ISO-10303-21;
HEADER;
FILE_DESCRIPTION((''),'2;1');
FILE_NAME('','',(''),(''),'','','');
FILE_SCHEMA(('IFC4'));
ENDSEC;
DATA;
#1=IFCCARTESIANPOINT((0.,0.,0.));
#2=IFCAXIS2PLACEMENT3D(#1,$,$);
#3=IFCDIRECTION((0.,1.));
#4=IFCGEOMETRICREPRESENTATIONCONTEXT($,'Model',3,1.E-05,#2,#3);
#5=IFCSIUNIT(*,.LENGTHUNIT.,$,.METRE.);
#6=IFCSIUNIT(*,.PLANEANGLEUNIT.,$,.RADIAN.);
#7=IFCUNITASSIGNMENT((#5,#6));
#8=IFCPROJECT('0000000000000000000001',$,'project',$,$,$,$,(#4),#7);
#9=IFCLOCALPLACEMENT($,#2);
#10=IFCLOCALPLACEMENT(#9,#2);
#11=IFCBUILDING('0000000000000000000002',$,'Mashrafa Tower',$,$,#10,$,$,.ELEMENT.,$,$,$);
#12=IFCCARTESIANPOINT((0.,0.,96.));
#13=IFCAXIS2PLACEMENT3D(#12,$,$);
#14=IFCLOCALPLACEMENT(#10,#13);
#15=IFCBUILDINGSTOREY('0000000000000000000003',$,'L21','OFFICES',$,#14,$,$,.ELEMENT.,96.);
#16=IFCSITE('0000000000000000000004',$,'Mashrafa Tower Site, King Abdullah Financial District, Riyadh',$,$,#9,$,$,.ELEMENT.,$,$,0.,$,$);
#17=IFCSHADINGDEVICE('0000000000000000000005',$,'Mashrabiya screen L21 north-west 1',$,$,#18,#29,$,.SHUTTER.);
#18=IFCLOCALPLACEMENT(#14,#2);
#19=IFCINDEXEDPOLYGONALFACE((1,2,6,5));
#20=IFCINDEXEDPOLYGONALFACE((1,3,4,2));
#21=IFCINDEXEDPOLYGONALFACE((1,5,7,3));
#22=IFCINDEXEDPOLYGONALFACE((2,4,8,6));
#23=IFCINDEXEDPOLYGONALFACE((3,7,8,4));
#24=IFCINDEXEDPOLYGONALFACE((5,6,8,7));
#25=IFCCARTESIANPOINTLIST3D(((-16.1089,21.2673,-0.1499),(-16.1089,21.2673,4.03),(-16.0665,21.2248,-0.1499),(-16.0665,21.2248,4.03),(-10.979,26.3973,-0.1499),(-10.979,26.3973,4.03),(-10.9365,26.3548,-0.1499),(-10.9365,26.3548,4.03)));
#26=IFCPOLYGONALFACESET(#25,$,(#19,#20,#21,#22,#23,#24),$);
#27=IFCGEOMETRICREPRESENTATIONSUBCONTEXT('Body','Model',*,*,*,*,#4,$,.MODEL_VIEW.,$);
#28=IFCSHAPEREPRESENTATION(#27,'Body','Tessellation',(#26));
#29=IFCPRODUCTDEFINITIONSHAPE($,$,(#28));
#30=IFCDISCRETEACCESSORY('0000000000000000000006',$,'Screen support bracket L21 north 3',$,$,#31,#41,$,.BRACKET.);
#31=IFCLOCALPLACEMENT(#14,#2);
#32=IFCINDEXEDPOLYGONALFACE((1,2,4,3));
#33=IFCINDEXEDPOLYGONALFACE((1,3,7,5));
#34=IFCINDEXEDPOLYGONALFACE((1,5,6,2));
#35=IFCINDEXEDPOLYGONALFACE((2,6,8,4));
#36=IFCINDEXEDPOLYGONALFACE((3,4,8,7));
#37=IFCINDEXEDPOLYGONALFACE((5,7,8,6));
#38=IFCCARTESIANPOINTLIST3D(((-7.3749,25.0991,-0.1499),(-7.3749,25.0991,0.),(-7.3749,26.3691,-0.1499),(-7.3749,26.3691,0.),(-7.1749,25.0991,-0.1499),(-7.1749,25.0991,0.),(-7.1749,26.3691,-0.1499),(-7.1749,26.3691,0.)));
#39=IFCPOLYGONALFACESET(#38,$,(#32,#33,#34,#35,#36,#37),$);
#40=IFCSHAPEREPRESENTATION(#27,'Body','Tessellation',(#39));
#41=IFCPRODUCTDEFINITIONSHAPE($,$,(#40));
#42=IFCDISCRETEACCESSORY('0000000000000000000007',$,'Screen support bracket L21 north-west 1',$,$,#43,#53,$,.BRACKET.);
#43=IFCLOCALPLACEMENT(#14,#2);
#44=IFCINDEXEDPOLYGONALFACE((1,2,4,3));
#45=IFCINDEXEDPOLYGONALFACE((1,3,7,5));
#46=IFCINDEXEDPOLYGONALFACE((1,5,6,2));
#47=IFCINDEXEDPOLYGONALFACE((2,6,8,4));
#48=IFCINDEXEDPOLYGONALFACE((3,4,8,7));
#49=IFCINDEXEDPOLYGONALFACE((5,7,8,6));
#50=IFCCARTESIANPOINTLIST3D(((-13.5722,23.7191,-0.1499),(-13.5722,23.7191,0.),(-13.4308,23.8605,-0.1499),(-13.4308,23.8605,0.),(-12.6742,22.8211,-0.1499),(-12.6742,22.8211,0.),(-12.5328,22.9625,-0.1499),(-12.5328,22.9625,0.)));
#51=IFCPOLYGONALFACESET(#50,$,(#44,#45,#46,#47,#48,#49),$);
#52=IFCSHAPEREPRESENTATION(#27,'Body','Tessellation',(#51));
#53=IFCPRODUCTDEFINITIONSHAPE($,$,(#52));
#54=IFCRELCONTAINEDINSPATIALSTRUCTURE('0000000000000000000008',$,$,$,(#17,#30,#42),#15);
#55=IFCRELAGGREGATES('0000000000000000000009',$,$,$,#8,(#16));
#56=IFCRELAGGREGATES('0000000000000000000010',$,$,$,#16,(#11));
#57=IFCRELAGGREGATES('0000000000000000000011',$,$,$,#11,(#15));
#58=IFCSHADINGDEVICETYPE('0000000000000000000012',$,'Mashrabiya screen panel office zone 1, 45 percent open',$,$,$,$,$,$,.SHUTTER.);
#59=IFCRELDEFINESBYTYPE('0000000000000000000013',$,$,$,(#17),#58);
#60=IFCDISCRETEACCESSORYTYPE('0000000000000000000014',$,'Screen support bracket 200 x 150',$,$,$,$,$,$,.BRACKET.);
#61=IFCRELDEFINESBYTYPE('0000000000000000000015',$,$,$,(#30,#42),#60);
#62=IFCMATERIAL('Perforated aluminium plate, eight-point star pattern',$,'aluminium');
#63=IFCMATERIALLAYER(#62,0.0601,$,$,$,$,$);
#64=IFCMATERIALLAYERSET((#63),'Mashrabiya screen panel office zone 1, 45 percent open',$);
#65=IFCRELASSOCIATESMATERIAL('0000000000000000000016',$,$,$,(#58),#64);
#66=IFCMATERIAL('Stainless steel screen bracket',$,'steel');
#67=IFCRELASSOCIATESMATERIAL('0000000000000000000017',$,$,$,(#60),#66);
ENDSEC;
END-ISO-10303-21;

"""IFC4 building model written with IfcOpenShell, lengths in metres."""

from ifc_helpers import new_model, si_unit, direction, frame, origin, origin_2d, place, context, subcontext, project, spatial, rectangle, extrude, source, transform, mapped, material, layer, layer_set, type_object, type_shapes, element, save


model = new_model("IFC4")

# Units and contexts
model_context = context("Model", 3, precision=1e-05, world=origin(), true_north=direction((0.0, 1.0)))
body_context = subcontext(model_context, "Body", "Model", "MODEL_VIEW")
ifc_project = project(units=[si_unit("LENGTHUNIT", "METRE"), si_unit("PLANEANGLEUNIT", "RADIAN")], contexts=[model_context])

# Site, building, storey
site_placement = place(None, origin())
site = spatial("IfcSite", under=ifc_project, at=site_placement, Name="Mashrafa Tower Site, King Abdullah Financial District, Riyadh", CompositionType="ELEMENT", RefElevation=0.0)
building_placement = place(site_placement, origin())
building = spatial("IfcBuilding", under=site, at=building_placement, Name="Mashrafa Tower", CompositionType="ELEMENT")
storey_placement = place(building_placement, frame((0.0, 0.0, 96.0)))
storey = spatial("IfcBuildingStorey", under=building, at=storey_placement, Name="L21", Description="OFFICES", CompositionType="ELEMENT", Elevation=96.0)

# Shading device
ifc_material_1 = material(Name="Perforated aluminium plate, eight-point star pattern", Category="aluminium")
ifc_layer_1 = layer(ifc_material_1, 0.0601)
ifc_layer_set_1 = layer_set([ifc_layer_1], Name="Mashrabiya screen panel office zone 1, 45 percent open")
shading_device_type = type_object("IfcShadingDeviceType", Name="Mashrabiya screen panel office zone 1, 45 percent open", PredefinedType="SHUTTER", material=ifc_layer_set_1)
shared_shape_1 = source(origin(), body_context, "Body", "SweptSolid", [
    extrude(rectangle(XDim=7.2549, YDim=0.0601, at=origin_2d()), origin(), (0.0, 0.0, 1.0), 4.1799),
])
type_shapes(shading_device_type, [shared_shape_1])
for number, where, z_axis, x_axis, name in (
    (1, (-13.5227, 23.811, -0.1499), (0.0, 0.0, 1.0), (-0.707107, -0.707107, 0.0), "Mashrabiya screen L21 north-west 1"),
):
    element("IfcShadingDevice", number, at=place(storey_placement, frame(where, z_axis=z_axis, x_axis=x_axis)), inside=storey, type_object=shading_device_type, Name=name, PredefinedType="SHUTTER", context=body_context, shape_type="MappedRepresentation", body=[
        mapped(shared_shape_1, transform((0.0, 0.0, 0.0))),
    ])

# Discrete accessories
ifc_material_2 = material(Name="Stainless steel screen bracket", Category="steel")
discrete_accessory_type = type_object("IfcDiscreteAccessoryType", Name="Screen support bracket 200 x 150", PredefinedType="BRACKET", material=ifc_material_2)
shared_shape_2 = source(origin(), body_context, "Body", "SweptSolid", [
    extrude(rectangle(XDim=0.2, YDim=1.27, at=origin_2d()), origin(), (0.0, 0.0, 1.0), 0.1499),
])
type_shapes(discrete_accessory_type, [shared_shape_2])
for number, where, z_axis, x_axis, name in (
    (2, (-7.2749, 25.7341, -0.1499), (0.0, 0.0, 1.0), (-1.0, 0.0, 0.0), "Screen support bracket L21 north 3"),
    (3, (-13.0525, 23.3408, -0.1499), (0.0, 0.0, 1.0), (-0.707107, -0.707107, 0.0), "Screen support bracket L21 north-west 1"),
):
    element("IfcDiscreteAccessory", number, at=place(storey_placement, frame(where, z_axis=z_axis, x_axis=x_axis)), inside=storey, type_object=discrete_accessory_type, Name=name, PredefinedType="BRACKET", context=body_context, shape_type="MappedRepresentation", body=[
        mapped(shared_shape_2, transform((0.0, 0.0, 0.0))),
    ])

save(model, "model.ifc")
